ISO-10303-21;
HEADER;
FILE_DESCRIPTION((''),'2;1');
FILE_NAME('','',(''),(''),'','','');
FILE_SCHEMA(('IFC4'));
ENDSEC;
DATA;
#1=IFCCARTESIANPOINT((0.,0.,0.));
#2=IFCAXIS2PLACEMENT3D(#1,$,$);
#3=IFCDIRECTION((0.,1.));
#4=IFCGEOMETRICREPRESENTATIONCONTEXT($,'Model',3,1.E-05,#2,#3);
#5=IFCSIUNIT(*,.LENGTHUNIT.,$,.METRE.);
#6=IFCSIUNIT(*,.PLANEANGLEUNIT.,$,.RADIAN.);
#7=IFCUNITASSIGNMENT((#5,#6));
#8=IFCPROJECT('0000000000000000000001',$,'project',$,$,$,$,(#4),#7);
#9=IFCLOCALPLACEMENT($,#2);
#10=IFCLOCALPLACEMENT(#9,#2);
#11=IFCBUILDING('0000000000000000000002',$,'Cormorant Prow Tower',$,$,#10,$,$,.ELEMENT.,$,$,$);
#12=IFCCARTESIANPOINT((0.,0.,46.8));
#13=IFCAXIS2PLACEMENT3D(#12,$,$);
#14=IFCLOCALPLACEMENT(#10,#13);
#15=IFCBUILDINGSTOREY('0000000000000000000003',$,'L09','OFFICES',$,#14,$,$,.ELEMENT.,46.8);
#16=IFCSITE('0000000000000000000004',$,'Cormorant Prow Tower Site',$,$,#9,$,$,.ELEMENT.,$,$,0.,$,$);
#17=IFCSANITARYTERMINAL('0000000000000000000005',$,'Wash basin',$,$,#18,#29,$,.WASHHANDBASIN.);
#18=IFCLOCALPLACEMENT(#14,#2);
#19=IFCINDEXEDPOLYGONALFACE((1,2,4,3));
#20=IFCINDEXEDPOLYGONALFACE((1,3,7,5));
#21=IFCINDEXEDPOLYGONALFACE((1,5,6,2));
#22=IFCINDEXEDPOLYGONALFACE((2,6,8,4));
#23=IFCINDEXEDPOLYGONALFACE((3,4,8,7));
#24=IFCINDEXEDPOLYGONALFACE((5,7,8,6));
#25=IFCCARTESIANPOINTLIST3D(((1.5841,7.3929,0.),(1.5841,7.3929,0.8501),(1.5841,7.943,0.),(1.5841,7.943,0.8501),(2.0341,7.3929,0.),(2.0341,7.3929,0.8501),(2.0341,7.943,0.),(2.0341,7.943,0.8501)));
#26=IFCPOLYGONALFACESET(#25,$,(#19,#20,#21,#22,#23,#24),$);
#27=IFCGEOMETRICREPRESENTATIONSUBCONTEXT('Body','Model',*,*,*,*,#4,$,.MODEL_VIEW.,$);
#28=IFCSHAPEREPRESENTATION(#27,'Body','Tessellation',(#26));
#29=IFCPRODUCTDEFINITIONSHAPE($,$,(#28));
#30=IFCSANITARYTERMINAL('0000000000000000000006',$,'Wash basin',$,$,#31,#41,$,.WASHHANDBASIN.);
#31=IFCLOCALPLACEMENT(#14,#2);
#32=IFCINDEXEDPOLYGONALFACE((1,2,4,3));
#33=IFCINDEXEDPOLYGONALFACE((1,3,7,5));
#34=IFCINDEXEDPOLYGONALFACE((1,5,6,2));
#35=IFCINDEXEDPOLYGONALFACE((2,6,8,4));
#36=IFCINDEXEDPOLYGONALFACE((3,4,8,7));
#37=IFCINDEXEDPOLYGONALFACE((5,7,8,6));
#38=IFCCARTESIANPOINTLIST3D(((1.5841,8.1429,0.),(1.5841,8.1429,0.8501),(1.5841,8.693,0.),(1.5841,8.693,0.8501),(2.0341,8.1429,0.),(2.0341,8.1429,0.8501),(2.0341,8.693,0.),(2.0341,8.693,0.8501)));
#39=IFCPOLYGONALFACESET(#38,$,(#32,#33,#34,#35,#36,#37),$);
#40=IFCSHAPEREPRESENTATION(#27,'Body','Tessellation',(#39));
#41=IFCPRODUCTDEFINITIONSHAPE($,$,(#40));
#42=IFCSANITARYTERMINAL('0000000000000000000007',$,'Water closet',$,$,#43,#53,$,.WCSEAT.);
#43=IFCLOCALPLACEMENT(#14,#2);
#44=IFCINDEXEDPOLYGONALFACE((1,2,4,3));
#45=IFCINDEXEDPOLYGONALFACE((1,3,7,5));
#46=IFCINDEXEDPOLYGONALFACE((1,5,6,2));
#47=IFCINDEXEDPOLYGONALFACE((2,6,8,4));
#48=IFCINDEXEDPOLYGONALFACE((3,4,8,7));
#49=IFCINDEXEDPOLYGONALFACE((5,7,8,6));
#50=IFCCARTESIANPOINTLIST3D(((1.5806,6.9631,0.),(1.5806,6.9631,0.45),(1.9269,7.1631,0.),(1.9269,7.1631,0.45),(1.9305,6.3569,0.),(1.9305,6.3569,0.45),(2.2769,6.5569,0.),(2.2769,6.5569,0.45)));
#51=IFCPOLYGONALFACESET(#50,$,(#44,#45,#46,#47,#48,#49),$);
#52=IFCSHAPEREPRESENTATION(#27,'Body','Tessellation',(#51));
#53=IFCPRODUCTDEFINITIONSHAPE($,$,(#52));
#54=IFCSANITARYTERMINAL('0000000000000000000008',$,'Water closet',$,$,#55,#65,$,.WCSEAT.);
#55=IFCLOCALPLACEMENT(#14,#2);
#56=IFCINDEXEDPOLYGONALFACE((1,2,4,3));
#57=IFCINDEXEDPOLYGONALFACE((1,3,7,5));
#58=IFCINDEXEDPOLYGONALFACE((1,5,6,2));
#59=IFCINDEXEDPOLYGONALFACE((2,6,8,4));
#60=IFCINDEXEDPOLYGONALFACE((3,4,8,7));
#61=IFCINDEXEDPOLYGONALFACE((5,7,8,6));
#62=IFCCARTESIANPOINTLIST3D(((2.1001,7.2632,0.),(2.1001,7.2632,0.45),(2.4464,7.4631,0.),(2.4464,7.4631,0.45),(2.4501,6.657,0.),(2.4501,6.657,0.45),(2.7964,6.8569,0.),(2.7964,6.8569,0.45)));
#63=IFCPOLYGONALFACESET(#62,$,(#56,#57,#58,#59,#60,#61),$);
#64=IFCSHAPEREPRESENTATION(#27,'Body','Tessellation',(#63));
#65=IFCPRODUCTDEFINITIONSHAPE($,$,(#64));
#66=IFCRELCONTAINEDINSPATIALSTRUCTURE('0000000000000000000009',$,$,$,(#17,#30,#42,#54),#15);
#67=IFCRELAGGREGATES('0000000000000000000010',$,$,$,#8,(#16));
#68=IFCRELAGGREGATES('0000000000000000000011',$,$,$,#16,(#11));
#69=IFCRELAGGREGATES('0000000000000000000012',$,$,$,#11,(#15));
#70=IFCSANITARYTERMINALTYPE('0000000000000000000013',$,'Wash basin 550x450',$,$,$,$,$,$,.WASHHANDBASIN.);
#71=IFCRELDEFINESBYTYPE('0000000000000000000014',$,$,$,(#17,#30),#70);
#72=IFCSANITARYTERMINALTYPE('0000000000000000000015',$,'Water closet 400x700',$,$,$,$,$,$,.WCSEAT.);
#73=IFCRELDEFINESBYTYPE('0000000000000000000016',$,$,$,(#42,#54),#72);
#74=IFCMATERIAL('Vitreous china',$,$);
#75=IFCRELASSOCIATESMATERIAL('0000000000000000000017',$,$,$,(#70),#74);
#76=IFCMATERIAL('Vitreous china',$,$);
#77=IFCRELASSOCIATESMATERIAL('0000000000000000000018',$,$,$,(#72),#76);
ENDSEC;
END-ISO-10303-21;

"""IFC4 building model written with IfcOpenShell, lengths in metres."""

from ifc_helpers import new_model, si_unit, direction, frame, origin, origin_2d, place, context, subcontext, project, spatial, rectangle, extrude, material, type_object, element, save


model = new_model("IFC4")

# Units and contexts
model_context = context("Model", 3, precision=1e-05, world=origin(), true_north=direction((0.0, 1.0)))
body_context = subcontext(model_context, "Body", "Model", "MODEL_VIEW")
ifc_project = project(units=[si_unit("LENGTHUNIT", "METRE"), si_unit("PLANEANGLEUNIT", "RADIAN")], contexts=[model_context])

# Site, building, storey
site_placement = place(None, origin())
site = spatial("IfcSite", under=ifc_project, at=site_placement, Name="Cormorant Prow Tower Site", CompositionType="ELEMENT", RefElevation=0.0)
building_placement = place(site_placement, origin())
building = spatial("IfcBuilding", under=site, at=building_placement, Name="Cormorant Prow Tower", CompositionType="ELEMENT")
storey_placement = place(building_placement, frame((0.0, 0.0, 46.8)))
storey = spatial("IfcBuildingStorey", under=building, at=storey_placement, Name="L09", Description="OFFICES", CompositionType="ELEMENT", Elevation=46.8)

# Sanitary terminals
ifc_material_1 = material(Name="Vitreous china")
sanitary_terminal_type_1 = type_object("IfcSanitaryTerminalType", Name="Wash basin 550x450", PredefinedType="WASHHANDBASIN", material=ifc_material_1)
for number, where, z_axis, x_axis, name in (
    (1, (1.8091, 7.668, 0.0), (0.0, 0.0, 1.0), (0.0, -1.0, 0.0), "Wash basin"),
    (2, (1.8091, 8.418, 0.0), (0.0, 0.0, 1.0), (0.0, -1.0, 0.0), "Wash basin"),
):
    element("IfcSanitaryTerminal", number, at=place(storey_placement, frame(where, z_axis=z_axis, x_axis=x_axis)), inside=storey, type_object=sanitary_terminal_type_1, Name=name, PredefinedType="WASHHANDBASIN", context=body_context, shape_type="SweptSolid", body=[
        extrude(rectangle(XDim=0.55, YDim=0.45, at=origin_2d()), origin(), (0.0, 0.0, 1.0), 0.8501),
    ])
ifc_material_2 = material(Name="Vitreous china")
sanitary_terminal_type_2 = type_object("IfcSanitaryTerminalType", Name="Water closet 400x700", PredefinedType="WCSEAT", material=ifc_material_2)
for number, where, z_axis, x_axis, name in (
    (3, (1.9287, 6.76, 0.0), (0.0, 0.0, 1.0), (0.866025, 0.5, 0.0), "Water closet"),
    (4, (2.4482, 7.0601, 0.0), (0.0, 0.0, 1.0), (0.866025, 0.5, 0.0), "Water closet"),
):
    element("IfcSanitaryTerminal", number, at=place(storey_placement, frame(where, z_axis=z_axis, x_axis=x_axis)), inside=storey, type_object=sanitary_terminal_type_2, Name=name, PredefinedType="WCSEAT", context=body_context, shape_type="SweptSolid", body=[
        extrude(rectangle(XDim=0.3999, YDim=0.7, at=origin_2d()), origin(), (0.0, 0.0, 1.0), 0.45),
    ])

save(model, "model.ifc")
